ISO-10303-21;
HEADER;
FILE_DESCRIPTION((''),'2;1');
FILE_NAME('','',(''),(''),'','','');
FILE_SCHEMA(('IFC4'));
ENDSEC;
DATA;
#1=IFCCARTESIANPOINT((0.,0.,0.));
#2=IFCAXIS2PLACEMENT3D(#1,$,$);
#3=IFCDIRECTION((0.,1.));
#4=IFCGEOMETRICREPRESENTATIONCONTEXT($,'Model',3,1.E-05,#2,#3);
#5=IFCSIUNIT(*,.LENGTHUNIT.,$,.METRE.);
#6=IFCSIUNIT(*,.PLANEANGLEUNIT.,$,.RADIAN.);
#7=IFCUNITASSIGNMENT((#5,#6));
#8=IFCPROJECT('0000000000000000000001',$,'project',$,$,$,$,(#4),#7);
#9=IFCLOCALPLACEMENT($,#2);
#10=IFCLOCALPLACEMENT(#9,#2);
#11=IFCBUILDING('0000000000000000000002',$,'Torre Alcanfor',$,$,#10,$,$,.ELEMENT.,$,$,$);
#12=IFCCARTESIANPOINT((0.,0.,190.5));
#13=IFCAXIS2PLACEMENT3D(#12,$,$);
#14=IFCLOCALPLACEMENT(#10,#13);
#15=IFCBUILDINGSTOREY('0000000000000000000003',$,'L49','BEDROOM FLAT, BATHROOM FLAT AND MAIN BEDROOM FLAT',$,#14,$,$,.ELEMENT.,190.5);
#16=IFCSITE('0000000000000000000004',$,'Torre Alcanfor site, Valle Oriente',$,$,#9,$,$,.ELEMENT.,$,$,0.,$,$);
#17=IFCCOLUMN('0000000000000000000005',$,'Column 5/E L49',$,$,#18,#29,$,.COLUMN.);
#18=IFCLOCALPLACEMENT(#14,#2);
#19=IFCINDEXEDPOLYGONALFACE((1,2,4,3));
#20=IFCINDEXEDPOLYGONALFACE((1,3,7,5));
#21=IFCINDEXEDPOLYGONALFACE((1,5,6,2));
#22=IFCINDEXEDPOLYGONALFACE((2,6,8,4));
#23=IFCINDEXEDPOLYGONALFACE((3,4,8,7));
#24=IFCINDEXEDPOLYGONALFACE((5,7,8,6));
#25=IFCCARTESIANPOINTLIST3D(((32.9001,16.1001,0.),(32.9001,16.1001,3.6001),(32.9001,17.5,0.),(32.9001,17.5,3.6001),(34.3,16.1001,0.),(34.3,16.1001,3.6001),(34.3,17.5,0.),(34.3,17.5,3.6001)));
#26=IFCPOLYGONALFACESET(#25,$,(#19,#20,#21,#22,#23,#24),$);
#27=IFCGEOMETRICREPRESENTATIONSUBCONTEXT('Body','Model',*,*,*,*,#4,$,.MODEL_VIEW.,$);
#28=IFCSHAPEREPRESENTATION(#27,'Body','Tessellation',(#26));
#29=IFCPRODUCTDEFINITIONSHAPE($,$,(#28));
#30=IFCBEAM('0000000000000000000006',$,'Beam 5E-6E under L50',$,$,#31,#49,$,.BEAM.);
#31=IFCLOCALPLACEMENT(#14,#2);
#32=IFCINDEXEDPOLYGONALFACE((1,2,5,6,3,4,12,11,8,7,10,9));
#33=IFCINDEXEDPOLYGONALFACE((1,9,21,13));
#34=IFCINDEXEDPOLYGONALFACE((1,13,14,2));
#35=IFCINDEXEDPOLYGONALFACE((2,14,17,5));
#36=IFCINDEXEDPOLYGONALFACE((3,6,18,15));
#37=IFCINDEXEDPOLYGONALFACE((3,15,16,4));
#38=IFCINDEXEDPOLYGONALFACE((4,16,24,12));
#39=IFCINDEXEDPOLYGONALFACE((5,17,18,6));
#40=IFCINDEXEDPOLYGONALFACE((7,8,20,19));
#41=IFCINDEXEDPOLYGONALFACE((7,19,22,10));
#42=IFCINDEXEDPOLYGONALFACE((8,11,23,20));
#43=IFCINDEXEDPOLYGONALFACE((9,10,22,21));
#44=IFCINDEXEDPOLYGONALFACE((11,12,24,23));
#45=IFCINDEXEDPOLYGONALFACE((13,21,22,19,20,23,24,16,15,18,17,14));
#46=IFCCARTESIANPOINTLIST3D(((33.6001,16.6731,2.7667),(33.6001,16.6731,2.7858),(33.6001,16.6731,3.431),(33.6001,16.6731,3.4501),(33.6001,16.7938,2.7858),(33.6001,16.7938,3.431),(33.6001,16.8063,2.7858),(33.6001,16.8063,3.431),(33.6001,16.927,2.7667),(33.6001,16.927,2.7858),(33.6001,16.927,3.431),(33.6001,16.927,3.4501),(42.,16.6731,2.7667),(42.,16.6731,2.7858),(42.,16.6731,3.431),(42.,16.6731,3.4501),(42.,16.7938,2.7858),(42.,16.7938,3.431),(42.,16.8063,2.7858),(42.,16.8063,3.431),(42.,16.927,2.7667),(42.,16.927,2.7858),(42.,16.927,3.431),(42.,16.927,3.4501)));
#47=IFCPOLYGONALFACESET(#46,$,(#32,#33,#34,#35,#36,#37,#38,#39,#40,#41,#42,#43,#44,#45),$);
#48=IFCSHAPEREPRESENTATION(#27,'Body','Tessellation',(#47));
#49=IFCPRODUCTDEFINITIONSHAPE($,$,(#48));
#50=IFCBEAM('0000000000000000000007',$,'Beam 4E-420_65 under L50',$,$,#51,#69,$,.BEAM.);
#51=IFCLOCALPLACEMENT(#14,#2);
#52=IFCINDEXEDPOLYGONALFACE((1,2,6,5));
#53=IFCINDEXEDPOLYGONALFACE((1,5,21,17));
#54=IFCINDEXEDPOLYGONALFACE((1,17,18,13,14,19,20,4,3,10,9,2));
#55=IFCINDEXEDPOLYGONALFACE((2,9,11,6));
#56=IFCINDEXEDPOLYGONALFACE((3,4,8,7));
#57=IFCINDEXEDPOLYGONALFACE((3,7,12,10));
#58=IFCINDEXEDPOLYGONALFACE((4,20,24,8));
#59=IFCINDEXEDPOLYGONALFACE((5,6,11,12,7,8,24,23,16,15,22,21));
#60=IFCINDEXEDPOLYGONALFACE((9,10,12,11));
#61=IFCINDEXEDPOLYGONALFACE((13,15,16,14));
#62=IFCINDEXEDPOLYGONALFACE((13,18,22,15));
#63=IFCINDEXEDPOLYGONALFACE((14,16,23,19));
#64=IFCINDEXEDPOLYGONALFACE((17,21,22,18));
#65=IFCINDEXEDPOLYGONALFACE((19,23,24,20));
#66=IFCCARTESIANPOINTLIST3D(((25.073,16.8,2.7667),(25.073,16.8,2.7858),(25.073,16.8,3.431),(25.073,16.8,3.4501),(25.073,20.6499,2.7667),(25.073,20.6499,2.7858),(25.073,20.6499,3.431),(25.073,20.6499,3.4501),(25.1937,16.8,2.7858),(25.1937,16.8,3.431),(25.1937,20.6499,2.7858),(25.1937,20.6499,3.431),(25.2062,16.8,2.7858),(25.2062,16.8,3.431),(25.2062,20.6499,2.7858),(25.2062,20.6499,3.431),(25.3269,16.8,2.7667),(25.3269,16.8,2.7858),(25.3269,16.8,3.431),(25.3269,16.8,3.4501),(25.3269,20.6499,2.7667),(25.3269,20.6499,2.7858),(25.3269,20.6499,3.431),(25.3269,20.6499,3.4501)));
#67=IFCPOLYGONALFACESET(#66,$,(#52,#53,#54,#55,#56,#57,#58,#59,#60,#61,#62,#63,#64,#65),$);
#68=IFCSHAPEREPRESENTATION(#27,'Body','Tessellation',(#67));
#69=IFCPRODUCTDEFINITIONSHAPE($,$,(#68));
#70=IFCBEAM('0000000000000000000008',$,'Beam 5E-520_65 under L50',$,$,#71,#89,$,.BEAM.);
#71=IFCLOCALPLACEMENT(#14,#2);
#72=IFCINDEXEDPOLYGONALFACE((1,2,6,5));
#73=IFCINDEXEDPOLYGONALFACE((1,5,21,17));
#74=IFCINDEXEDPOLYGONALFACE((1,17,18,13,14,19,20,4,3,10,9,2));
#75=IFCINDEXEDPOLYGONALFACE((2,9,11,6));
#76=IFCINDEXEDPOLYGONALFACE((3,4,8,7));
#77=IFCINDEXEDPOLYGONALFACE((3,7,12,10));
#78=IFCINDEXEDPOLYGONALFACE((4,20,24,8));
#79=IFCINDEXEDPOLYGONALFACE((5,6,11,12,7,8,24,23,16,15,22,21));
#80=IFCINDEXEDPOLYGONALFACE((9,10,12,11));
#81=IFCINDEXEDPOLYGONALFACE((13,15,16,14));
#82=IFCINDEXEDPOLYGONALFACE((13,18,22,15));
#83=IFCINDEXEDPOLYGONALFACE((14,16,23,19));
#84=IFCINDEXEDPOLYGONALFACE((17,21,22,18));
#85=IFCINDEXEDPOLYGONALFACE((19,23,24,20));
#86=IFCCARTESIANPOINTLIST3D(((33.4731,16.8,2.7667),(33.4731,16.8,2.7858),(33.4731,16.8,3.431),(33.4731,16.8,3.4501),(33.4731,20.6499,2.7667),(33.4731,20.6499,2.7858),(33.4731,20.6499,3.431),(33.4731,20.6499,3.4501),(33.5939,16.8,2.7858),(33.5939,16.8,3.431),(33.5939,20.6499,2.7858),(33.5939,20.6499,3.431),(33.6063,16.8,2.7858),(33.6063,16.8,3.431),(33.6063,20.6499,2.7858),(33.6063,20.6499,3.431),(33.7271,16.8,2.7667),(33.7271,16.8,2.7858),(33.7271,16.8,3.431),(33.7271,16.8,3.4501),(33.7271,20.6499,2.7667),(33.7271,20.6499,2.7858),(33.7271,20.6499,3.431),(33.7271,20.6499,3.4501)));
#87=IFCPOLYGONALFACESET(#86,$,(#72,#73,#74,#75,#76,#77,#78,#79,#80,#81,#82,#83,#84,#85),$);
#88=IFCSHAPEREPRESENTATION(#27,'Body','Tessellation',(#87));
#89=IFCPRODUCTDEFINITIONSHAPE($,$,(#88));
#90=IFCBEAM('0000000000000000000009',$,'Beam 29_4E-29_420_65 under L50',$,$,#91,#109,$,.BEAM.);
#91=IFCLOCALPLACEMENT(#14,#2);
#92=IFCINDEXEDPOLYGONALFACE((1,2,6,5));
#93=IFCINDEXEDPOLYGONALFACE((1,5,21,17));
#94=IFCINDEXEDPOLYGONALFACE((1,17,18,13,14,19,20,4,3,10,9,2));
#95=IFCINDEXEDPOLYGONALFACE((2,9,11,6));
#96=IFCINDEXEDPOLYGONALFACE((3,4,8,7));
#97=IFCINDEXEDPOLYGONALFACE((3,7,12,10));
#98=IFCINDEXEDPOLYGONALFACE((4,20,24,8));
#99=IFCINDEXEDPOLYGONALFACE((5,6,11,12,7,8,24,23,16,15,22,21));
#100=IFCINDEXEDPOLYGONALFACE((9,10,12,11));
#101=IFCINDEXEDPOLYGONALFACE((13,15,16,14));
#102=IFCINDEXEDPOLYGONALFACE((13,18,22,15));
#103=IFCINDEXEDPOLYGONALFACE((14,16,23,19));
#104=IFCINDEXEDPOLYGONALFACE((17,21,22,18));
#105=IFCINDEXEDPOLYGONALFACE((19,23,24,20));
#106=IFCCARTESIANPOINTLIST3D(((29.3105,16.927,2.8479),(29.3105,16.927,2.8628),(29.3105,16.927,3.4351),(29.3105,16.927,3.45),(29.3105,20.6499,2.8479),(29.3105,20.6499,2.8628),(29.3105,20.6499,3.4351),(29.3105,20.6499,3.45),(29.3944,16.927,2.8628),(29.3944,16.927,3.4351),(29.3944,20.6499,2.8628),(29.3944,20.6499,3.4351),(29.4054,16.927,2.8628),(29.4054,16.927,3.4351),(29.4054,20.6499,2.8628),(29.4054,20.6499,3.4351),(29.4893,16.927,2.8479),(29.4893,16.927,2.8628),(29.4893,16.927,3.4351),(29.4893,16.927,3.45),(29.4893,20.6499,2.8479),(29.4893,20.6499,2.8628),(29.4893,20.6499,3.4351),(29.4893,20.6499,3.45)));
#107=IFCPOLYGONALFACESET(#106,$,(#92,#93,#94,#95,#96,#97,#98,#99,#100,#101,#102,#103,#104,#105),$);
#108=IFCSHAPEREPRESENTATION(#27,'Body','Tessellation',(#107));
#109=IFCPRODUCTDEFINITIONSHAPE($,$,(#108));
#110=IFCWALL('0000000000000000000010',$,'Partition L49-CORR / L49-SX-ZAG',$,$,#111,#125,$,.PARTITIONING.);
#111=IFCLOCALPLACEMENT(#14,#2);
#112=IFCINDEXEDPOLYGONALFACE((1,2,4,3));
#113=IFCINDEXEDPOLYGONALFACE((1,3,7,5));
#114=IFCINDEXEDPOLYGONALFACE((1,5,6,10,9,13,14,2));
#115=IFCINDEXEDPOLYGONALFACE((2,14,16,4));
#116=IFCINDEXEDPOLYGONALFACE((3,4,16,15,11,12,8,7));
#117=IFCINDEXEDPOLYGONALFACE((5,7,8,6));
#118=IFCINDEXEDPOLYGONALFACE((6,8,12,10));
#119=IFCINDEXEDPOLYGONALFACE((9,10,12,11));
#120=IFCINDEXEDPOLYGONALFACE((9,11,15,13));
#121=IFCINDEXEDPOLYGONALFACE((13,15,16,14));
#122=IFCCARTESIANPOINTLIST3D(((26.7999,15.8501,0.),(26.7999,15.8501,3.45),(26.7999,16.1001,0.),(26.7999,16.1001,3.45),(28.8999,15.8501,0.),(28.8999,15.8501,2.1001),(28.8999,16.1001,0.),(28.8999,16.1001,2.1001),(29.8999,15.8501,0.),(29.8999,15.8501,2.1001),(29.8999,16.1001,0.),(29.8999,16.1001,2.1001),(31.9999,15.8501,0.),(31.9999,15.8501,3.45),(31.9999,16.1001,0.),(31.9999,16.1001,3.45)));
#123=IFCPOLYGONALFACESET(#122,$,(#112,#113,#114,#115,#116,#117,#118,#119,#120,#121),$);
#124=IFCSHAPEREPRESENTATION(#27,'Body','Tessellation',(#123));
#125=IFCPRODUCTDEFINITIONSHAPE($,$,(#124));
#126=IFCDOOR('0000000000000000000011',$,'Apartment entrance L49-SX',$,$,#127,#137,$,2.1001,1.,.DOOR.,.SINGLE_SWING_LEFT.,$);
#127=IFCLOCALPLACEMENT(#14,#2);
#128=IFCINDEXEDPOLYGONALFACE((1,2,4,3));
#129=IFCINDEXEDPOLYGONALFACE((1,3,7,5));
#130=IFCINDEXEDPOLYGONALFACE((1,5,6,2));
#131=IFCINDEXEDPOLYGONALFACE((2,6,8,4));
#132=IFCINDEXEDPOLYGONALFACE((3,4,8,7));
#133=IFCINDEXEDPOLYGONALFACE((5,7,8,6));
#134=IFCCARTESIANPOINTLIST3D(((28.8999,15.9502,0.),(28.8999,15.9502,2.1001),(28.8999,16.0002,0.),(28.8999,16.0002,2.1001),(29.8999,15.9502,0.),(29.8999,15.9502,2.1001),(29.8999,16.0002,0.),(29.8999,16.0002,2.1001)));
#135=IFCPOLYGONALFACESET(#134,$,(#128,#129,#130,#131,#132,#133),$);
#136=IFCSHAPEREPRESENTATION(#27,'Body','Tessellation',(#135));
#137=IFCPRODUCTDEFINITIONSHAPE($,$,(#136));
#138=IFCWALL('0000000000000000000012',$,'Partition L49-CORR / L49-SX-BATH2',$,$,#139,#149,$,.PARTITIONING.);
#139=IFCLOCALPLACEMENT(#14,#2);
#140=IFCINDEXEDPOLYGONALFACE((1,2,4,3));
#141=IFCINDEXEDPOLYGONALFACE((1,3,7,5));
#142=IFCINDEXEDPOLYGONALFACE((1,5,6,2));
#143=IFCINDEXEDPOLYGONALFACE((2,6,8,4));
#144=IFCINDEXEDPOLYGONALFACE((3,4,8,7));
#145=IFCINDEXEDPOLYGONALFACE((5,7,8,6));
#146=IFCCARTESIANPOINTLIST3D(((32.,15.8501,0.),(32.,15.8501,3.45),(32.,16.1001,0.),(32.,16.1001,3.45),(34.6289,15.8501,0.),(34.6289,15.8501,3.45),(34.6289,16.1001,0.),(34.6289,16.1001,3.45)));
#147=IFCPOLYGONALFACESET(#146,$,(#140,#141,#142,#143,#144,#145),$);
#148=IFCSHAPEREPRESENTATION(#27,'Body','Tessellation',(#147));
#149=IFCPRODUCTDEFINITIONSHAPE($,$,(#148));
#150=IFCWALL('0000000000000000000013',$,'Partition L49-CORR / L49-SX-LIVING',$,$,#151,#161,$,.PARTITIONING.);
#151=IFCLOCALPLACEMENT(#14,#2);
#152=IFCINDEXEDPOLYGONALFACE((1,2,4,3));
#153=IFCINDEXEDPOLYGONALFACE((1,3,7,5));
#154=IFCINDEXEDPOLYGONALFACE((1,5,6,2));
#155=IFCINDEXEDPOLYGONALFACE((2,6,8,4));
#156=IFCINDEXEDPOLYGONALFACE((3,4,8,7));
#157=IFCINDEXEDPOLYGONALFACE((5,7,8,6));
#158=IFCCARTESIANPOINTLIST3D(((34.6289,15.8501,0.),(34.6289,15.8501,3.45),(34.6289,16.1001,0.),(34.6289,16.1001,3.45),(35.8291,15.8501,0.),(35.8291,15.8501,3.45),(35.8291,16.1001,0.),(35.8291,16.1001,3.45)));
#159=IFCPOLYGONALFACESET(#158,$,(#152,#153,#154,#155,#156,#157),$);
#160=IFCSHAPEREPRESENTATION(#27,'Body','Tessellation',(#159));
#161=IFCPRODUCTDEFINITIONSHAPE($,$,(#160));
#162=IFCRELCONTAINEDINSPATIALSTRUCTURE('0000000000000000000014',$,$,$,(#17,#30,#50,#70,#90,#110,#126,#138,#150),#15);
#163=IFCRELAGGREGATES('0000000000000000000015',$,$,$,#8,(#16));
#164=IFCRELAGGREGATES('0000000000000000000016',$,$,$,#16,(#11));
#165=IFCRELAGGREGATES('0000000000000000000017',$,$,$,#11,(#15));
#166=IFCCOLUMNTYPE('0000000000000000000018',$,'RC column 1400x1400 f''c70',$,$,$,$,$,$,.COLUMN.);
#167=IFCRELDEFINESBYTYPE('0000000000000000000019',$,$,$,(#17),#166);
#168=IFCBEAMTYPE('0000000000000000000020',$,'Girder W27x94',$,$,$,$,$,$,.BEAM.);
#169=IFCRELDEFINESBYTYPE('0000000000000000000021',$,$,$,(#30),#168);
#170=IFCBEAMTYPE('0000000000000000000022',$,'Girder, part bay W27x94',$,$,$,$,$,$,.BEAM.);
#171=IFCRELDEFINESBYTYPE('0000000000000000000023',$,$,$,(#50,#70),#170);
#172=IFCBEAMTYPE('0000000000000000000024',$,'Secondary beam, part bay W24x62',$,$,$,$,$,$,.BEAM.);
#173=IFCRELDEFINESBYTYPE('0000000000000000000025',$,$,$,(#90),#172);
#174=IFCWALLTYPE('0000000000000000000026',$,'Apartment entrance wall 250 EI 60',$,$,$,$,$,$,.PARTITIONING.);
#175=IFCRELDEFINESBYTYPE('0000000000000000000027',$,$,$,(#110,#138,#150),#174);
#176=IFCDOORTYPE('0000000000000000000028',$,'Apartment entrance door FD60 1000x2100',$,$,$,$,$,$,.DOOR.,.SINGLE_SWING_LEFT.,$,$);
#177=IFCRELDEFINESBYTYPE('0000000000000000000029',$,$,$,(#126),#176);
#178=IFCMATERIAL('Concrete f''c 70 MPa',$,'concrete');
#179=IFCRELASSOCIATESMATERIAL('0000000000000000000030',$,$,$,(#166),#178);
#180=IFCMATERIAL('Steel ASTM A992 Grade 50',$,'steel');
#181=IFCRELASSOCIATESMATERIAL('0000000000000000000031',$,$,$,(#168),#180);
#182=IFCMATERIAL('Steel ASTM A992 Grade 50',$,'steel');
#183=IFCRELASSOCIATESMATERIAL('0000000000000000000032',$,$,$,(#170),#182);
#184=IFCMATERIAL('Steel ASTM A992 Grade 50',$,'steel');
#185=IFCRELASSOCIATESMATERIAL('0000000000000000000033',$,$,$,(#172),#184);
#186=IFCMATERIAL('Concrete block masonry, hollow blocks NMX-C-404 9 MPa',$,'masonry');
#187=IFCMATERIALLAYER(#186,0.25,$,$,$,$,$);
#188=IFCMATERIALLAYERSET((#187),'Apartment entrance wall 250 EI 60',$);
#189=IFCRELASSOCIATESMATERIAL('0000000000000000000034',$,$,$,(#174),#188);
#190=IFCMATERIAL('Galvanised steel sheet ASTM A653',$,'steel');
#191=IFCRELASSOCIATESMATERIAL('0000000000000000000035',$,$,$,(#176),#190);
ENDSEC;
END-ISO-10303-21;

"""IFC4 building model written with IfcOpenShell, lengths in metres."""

from ifc_helpers import new_model, si_unit, direction, frame, frame_2d, origin, origin_2d, place, context, subcontext, project, spatial, rectangle, i_section, extrude, material, layer, layer_set, material_profile, profile_set, type_object, element, fill, save


model = new_model("IFC4")

# Units and contexts
model_context = context("Model", 3, precision=1e-05, world=origin(), true_north=direction((0.0, 1.0)))
body_context = subcontext(model_context, "Body", "Model", "MODEL_VIEW")
ifc_project = project(units=[si_unit("LENGTHUNIT", "METRE"), si_unit("PLANEANGLEUNIT", "RADIAN")], contexts=[model_context])

# Site, building, storey
site_placement = place(None, origin())
site = spatial("IfcSite", under=ifc_project, at=site_placement, Name="Torre Alcanfor site, Valle Oriente", CompositionType="ELEMENT", RefElevation=0.0)
building_placement = place(site_placement, origin())
building = spatial("IfcBuilding", under=site, at=building_placement, Name="Torre Alcanfor", CompositionType="ELEMENT")
storey_placement = place(building_placement, frame((0.0, 0.0, 190.5)))
storey = spatial("IfcBuildingStorey", under=building, at=storey_placement, Name="L49", Description="BEDROOM FLAT, BATHROOM FLAT AND MAIN BEDROOM FLAT", CompositionType="ELEMENT", Elevation=190.5)

# Column
ifc_material_1 = material(Name="Concrete f'c 70 MPa", Category="concrete")
ifc_material_profile_1 = material_profile(ifc_material_1, rectangle(XDim=1.3999, YDim=1.3999, at=origin_2d()), Name="1400x1400")
ifc_profile_set_1 = profile_set([ifc_material_profile_1], Name="Concrete f'c 70 MPa")
column_type = type_object("IfcColumnType", Name="RC column 1400x1400 f'c70", PredefinedType="COLUMN", material=ifc_profile_set_1)
column_placement = place(storey_placement, frame((33.6001, 16.8, 0.0), z_axis=(0.0, 0.0, 1.0), x_axis=(1.0, 0.0, 0.0)))
element("IfcColumn", 1, at=column_placement, inside=storey, type_object=column_type, Name="Column 5/E L49", PredefinedType="COLUMN", context=body_context, shape_type="SweptSolid", body=[
    extrude(rectangle(XDim=1.3999, YDim=1.3999, at=origin_2d()), origin(), (0.0, 0.0, 1.0), 3.6001),
])

# Beams
ifc_material_2 = material(Name="Steel ASTM A992 Grade 50", Category="steel")
ifc_material_profile_2 = material_profile(ifc_material_2, i_section(OverallWidth=0.2539, OverallDepth=0.6833, WebThickness=0.0125, FlangeThickness=0.019, at=origin_2d()), Name="W27x94")
ifc_profile_set_2 = profile_set([ifc_material_profile_2], Name="Steel ASTM A992 Grade 50")
beam_type_1 = type_object("IfcBeamType", Name="Girder W27x94", PredefinedType="BEAM", material=ifc_profile_set_2)
beam_1_placement = place(storey_placement, frame((33.6001, 16.8, 3.1084), z_axis=(1.0, 0.0, 0.0), x_axis=(0.0, 1.0, 0.0)))
element("IfcBeam", 2, at=beam_1_placement, inside=storey, type_object=beam_type_1, Name="Beam 5E-6E under L50", PredefinedType="BEAM", context=body_context, shape_type="SweptSolid", body=[
    extrude(i_section(OverallWidth=0.2539, OverallDepth=0.6833, WebThickness=0.0125, FlangeThickness=0.019, at=origin_2d()), origin(), (0.0, 0.0, 1.0), 8.3999),
])
ifc_material_3 = material(Name="Steel ASTM A992 Grade 50", Category="steel")
ifc_material_profile_3 = material_profile(ifc_material_3, i_section(OverallWidth=0.2539, OverallDepth=0.6833, WebThickness=0.0125, FlangeThickness=0.019, at=origin_2d()), Name="W27x94")
ifc_profile_set_3 = profile_set([ifc_material_profile_3], Name="Steel ASTM A992 Grade 50")
beam_type_2 = type_object("IfcBeamType", Name="Girder, part bay W27x94", PredefinedType="BEAM", material=ifc_profile_set_3)
for number, where, z_axis, x_axis, name in (
    (3, (25.2, 16.8, 3.1084), (0.0, 1.0, 0.0), (-1.0, 0.0, 0.0), "Beam 4E-420_65 under L50"),
    (4, (33.6001, 16.8, 3.1084), (0.0, 1.0, 0.0), (-1.0, 0.0, 0.0), "Beam 5E-520_65 under L50"),
):
    element("IfcBeam", number, at=place(storey_placement, frame(where, z_axis=z_axis, x_axis=x_axis)), inside=storey, type_object=beam_type_2, Name=name, PredefinedType="BEAM", context=body_context, shape_type="SweptSolid", body=[
        extrude(i_section(OverallWidth=0.2539, OverallDepth=0.6833, WebThickness=0.0125, FlangeThickness=0.019, at=origin_2d()), origin(), (0.0, 0.0, 1.0), 3.8499),
    ])
ifc_material_4 = material(Name="Steel ASTM A992 Grade 50", Category="steel")
ifc_material_profile_4 = material_profile(ifc_material_4, i_section(OverallWidth=0.1787, OverallDepth=0.6021, WebThickness=0.011, FlangeThickness=0.0149, at=origin_2d()), Name="W24x62")
ifc_profile_set_4 = profile_set([ifc_material_profile_4], Name="Steel ASTM A992 Grade 50")
beam_type_3 = type_object("IfcBeamType", Name="Secondary beam, part bay W24x62", PredefinedType="BEAM", material=ifc_profile_set_4)
beam_2_placement = place(storey_placement, frame((29.3999, 16.927, 3.1489), z_axis=(0.0, 1.0, 0.0), x_axis=(-1.0, 0.0, 0.0)))
element("IfcBeam", 5, at=beam_2_placement, inside=storey, type_object=beam_type_3, Name="Beam 29_4E-29_420_65 under L50", PredefinedType="BEAM", context=body_context, shape_type="SweptSolid", body=[
    extrude(i_section(OverallWidth=0.1787, OverallDepth=0.6021, WebThickness=0.011, FlangeThickness=0.0149, at=origin_2d()), origin(), (0.0, 0.0, 1.0), 3.7229),
])

# Wall, opening, door
ifc_material_5 = material(Name="Concrete block masonry, hollow blocks NMX-C-404 9 MPa", Category="masonry")
ifc_layer_1 = layer(ifc_material_5, 0.25)
ifc_layer_set_1 = layer_set([ifc_layer_1], Name="Apartment entrance wall 250 EI 60")
wall_type_1 = type_object("IfcWallType", Name="Apartment entrance wall 250 EI 60", PredefinedType="PARTITIONING", material=ifc_layer_set_1)
wall_1_placement = place(storey_placement, frame((32.0, 15.9751, 0.0), z_axis=(0.0, 0.0, 1.0), x_axis=(-1.0, 0.0, 0.0)))
wall_1 = element("IfcWall", 6, at=wall_1_placement, inside=storey, type_object=wall_type_1, Name="Partition L49-CORR / L49-SX-ZAG", PredefinedType="PARTITIONING", context=body_context, shape_type="SweptSolid", body=[
    extrude(rectangle(XDim=5.2, YDim=0.25, at=frame_2d((2.6001, 0.0))), origin(), (0.0, 0.0, 1.0), 3.45),
])
opening_1_placement = place(wall_1_placement, frame((2.1001, 0.0, 0.0)))
opening_1 = element("IfcOpeningElement", 7, at=opening_1_placement, cuts=wall_1, PredefinedType="OPENING", context=body_context, shape_type="SweptSolid", body=[
    extrude(rectangle(XDim=1.0, YDim=2.1001, at=frame_2d((0.5, 1.05))), frame((0.0, 0.135, 0.0), z_axis=(0.0, -1.0, 0.0), x_axis=(1.0, 0.0, 0.0)), (0.0, 0.0, 1.0), 0.27),
])
ifc_material_6 = material(Name="Galvanised steel sheet ASTM A653", Category="steel")
door_type_1 = type_object("IfcDoorType", Name="Apartment entrance door FD60 1000x2100", OperationType="SINGLE_SWING_LEFT", PredefinedType="DOOR", material=ifc_material_6)
door_1_placement = place(opening_1_placement, origin())
door_1 = element("IfcDoor", 8, at=door_1_placement, inside=storey, type_object=door_type_1, Name="Apartment entrance L49-SX", OperationType="SINGLE_SWING_LEFT", OverallHeight=2.1001, OverallWidth=1.0, PredefinedType="DOOR", context=body_context, shape_type="SweptSolid", body=[
    extrude(rectangle(XDim=1.0, YDim=2.1001, at=frame_2d((0.5, 1.05))), frame((0.0, 0.0249, 0.0), z_axis=(0.0, -1.0, 0.0), x_axis=(1.0, 0.0, 0.0)), (0.0, 0.0, 1.0), 0.05),
])
fill(opening_1, door_1)

# Walls
wall_2_placement = place(storey_placement, frame((34.6289, 15.9751, 0.0), z_axis=(0.0, 0.0, 1.0), x_axis=(-1.0, 0.0, 0.0)))
element("IfcWall", 9, at=wall_2_placement, inside=storey, type_object=wall_type_1, Name="Partition L49-CORR / L49-SX-BATH2", PredefinedType="PARTITIONING", context=body_context, shape_type="SweptSolid", body=[
    extrude(rectangle(XDim=2.6289, YDim=0.25, at=frame_2d((1.3145, 0.0))), origin(), (0.0, 0.0, 1.0), 3.45),
])
wall_3_placement = place(storey_placement, frame((35.8291, 15.9751, 0.0), z_axis=(0.0, 0.0, 1.0), x_axis=(-1.0, 0.0, 0.0)))
element("IfcWall", 10, at=wall_3_placement, inside=storey, type_object=wall_type_1, Name="Partition L49-CORR / L49-SX-LIVING", PredefinedType="PARTITIONING", context=body_context, shape_type="SweptSolid", body=[
    extrude(rectangle(XDim=1.2002, YDim=0.25, at=frame_2d((0.6001, 0.0))), origin(), (0.0, 0.0, 1.0), 3.45),
])

save(model, "model.ifc")
